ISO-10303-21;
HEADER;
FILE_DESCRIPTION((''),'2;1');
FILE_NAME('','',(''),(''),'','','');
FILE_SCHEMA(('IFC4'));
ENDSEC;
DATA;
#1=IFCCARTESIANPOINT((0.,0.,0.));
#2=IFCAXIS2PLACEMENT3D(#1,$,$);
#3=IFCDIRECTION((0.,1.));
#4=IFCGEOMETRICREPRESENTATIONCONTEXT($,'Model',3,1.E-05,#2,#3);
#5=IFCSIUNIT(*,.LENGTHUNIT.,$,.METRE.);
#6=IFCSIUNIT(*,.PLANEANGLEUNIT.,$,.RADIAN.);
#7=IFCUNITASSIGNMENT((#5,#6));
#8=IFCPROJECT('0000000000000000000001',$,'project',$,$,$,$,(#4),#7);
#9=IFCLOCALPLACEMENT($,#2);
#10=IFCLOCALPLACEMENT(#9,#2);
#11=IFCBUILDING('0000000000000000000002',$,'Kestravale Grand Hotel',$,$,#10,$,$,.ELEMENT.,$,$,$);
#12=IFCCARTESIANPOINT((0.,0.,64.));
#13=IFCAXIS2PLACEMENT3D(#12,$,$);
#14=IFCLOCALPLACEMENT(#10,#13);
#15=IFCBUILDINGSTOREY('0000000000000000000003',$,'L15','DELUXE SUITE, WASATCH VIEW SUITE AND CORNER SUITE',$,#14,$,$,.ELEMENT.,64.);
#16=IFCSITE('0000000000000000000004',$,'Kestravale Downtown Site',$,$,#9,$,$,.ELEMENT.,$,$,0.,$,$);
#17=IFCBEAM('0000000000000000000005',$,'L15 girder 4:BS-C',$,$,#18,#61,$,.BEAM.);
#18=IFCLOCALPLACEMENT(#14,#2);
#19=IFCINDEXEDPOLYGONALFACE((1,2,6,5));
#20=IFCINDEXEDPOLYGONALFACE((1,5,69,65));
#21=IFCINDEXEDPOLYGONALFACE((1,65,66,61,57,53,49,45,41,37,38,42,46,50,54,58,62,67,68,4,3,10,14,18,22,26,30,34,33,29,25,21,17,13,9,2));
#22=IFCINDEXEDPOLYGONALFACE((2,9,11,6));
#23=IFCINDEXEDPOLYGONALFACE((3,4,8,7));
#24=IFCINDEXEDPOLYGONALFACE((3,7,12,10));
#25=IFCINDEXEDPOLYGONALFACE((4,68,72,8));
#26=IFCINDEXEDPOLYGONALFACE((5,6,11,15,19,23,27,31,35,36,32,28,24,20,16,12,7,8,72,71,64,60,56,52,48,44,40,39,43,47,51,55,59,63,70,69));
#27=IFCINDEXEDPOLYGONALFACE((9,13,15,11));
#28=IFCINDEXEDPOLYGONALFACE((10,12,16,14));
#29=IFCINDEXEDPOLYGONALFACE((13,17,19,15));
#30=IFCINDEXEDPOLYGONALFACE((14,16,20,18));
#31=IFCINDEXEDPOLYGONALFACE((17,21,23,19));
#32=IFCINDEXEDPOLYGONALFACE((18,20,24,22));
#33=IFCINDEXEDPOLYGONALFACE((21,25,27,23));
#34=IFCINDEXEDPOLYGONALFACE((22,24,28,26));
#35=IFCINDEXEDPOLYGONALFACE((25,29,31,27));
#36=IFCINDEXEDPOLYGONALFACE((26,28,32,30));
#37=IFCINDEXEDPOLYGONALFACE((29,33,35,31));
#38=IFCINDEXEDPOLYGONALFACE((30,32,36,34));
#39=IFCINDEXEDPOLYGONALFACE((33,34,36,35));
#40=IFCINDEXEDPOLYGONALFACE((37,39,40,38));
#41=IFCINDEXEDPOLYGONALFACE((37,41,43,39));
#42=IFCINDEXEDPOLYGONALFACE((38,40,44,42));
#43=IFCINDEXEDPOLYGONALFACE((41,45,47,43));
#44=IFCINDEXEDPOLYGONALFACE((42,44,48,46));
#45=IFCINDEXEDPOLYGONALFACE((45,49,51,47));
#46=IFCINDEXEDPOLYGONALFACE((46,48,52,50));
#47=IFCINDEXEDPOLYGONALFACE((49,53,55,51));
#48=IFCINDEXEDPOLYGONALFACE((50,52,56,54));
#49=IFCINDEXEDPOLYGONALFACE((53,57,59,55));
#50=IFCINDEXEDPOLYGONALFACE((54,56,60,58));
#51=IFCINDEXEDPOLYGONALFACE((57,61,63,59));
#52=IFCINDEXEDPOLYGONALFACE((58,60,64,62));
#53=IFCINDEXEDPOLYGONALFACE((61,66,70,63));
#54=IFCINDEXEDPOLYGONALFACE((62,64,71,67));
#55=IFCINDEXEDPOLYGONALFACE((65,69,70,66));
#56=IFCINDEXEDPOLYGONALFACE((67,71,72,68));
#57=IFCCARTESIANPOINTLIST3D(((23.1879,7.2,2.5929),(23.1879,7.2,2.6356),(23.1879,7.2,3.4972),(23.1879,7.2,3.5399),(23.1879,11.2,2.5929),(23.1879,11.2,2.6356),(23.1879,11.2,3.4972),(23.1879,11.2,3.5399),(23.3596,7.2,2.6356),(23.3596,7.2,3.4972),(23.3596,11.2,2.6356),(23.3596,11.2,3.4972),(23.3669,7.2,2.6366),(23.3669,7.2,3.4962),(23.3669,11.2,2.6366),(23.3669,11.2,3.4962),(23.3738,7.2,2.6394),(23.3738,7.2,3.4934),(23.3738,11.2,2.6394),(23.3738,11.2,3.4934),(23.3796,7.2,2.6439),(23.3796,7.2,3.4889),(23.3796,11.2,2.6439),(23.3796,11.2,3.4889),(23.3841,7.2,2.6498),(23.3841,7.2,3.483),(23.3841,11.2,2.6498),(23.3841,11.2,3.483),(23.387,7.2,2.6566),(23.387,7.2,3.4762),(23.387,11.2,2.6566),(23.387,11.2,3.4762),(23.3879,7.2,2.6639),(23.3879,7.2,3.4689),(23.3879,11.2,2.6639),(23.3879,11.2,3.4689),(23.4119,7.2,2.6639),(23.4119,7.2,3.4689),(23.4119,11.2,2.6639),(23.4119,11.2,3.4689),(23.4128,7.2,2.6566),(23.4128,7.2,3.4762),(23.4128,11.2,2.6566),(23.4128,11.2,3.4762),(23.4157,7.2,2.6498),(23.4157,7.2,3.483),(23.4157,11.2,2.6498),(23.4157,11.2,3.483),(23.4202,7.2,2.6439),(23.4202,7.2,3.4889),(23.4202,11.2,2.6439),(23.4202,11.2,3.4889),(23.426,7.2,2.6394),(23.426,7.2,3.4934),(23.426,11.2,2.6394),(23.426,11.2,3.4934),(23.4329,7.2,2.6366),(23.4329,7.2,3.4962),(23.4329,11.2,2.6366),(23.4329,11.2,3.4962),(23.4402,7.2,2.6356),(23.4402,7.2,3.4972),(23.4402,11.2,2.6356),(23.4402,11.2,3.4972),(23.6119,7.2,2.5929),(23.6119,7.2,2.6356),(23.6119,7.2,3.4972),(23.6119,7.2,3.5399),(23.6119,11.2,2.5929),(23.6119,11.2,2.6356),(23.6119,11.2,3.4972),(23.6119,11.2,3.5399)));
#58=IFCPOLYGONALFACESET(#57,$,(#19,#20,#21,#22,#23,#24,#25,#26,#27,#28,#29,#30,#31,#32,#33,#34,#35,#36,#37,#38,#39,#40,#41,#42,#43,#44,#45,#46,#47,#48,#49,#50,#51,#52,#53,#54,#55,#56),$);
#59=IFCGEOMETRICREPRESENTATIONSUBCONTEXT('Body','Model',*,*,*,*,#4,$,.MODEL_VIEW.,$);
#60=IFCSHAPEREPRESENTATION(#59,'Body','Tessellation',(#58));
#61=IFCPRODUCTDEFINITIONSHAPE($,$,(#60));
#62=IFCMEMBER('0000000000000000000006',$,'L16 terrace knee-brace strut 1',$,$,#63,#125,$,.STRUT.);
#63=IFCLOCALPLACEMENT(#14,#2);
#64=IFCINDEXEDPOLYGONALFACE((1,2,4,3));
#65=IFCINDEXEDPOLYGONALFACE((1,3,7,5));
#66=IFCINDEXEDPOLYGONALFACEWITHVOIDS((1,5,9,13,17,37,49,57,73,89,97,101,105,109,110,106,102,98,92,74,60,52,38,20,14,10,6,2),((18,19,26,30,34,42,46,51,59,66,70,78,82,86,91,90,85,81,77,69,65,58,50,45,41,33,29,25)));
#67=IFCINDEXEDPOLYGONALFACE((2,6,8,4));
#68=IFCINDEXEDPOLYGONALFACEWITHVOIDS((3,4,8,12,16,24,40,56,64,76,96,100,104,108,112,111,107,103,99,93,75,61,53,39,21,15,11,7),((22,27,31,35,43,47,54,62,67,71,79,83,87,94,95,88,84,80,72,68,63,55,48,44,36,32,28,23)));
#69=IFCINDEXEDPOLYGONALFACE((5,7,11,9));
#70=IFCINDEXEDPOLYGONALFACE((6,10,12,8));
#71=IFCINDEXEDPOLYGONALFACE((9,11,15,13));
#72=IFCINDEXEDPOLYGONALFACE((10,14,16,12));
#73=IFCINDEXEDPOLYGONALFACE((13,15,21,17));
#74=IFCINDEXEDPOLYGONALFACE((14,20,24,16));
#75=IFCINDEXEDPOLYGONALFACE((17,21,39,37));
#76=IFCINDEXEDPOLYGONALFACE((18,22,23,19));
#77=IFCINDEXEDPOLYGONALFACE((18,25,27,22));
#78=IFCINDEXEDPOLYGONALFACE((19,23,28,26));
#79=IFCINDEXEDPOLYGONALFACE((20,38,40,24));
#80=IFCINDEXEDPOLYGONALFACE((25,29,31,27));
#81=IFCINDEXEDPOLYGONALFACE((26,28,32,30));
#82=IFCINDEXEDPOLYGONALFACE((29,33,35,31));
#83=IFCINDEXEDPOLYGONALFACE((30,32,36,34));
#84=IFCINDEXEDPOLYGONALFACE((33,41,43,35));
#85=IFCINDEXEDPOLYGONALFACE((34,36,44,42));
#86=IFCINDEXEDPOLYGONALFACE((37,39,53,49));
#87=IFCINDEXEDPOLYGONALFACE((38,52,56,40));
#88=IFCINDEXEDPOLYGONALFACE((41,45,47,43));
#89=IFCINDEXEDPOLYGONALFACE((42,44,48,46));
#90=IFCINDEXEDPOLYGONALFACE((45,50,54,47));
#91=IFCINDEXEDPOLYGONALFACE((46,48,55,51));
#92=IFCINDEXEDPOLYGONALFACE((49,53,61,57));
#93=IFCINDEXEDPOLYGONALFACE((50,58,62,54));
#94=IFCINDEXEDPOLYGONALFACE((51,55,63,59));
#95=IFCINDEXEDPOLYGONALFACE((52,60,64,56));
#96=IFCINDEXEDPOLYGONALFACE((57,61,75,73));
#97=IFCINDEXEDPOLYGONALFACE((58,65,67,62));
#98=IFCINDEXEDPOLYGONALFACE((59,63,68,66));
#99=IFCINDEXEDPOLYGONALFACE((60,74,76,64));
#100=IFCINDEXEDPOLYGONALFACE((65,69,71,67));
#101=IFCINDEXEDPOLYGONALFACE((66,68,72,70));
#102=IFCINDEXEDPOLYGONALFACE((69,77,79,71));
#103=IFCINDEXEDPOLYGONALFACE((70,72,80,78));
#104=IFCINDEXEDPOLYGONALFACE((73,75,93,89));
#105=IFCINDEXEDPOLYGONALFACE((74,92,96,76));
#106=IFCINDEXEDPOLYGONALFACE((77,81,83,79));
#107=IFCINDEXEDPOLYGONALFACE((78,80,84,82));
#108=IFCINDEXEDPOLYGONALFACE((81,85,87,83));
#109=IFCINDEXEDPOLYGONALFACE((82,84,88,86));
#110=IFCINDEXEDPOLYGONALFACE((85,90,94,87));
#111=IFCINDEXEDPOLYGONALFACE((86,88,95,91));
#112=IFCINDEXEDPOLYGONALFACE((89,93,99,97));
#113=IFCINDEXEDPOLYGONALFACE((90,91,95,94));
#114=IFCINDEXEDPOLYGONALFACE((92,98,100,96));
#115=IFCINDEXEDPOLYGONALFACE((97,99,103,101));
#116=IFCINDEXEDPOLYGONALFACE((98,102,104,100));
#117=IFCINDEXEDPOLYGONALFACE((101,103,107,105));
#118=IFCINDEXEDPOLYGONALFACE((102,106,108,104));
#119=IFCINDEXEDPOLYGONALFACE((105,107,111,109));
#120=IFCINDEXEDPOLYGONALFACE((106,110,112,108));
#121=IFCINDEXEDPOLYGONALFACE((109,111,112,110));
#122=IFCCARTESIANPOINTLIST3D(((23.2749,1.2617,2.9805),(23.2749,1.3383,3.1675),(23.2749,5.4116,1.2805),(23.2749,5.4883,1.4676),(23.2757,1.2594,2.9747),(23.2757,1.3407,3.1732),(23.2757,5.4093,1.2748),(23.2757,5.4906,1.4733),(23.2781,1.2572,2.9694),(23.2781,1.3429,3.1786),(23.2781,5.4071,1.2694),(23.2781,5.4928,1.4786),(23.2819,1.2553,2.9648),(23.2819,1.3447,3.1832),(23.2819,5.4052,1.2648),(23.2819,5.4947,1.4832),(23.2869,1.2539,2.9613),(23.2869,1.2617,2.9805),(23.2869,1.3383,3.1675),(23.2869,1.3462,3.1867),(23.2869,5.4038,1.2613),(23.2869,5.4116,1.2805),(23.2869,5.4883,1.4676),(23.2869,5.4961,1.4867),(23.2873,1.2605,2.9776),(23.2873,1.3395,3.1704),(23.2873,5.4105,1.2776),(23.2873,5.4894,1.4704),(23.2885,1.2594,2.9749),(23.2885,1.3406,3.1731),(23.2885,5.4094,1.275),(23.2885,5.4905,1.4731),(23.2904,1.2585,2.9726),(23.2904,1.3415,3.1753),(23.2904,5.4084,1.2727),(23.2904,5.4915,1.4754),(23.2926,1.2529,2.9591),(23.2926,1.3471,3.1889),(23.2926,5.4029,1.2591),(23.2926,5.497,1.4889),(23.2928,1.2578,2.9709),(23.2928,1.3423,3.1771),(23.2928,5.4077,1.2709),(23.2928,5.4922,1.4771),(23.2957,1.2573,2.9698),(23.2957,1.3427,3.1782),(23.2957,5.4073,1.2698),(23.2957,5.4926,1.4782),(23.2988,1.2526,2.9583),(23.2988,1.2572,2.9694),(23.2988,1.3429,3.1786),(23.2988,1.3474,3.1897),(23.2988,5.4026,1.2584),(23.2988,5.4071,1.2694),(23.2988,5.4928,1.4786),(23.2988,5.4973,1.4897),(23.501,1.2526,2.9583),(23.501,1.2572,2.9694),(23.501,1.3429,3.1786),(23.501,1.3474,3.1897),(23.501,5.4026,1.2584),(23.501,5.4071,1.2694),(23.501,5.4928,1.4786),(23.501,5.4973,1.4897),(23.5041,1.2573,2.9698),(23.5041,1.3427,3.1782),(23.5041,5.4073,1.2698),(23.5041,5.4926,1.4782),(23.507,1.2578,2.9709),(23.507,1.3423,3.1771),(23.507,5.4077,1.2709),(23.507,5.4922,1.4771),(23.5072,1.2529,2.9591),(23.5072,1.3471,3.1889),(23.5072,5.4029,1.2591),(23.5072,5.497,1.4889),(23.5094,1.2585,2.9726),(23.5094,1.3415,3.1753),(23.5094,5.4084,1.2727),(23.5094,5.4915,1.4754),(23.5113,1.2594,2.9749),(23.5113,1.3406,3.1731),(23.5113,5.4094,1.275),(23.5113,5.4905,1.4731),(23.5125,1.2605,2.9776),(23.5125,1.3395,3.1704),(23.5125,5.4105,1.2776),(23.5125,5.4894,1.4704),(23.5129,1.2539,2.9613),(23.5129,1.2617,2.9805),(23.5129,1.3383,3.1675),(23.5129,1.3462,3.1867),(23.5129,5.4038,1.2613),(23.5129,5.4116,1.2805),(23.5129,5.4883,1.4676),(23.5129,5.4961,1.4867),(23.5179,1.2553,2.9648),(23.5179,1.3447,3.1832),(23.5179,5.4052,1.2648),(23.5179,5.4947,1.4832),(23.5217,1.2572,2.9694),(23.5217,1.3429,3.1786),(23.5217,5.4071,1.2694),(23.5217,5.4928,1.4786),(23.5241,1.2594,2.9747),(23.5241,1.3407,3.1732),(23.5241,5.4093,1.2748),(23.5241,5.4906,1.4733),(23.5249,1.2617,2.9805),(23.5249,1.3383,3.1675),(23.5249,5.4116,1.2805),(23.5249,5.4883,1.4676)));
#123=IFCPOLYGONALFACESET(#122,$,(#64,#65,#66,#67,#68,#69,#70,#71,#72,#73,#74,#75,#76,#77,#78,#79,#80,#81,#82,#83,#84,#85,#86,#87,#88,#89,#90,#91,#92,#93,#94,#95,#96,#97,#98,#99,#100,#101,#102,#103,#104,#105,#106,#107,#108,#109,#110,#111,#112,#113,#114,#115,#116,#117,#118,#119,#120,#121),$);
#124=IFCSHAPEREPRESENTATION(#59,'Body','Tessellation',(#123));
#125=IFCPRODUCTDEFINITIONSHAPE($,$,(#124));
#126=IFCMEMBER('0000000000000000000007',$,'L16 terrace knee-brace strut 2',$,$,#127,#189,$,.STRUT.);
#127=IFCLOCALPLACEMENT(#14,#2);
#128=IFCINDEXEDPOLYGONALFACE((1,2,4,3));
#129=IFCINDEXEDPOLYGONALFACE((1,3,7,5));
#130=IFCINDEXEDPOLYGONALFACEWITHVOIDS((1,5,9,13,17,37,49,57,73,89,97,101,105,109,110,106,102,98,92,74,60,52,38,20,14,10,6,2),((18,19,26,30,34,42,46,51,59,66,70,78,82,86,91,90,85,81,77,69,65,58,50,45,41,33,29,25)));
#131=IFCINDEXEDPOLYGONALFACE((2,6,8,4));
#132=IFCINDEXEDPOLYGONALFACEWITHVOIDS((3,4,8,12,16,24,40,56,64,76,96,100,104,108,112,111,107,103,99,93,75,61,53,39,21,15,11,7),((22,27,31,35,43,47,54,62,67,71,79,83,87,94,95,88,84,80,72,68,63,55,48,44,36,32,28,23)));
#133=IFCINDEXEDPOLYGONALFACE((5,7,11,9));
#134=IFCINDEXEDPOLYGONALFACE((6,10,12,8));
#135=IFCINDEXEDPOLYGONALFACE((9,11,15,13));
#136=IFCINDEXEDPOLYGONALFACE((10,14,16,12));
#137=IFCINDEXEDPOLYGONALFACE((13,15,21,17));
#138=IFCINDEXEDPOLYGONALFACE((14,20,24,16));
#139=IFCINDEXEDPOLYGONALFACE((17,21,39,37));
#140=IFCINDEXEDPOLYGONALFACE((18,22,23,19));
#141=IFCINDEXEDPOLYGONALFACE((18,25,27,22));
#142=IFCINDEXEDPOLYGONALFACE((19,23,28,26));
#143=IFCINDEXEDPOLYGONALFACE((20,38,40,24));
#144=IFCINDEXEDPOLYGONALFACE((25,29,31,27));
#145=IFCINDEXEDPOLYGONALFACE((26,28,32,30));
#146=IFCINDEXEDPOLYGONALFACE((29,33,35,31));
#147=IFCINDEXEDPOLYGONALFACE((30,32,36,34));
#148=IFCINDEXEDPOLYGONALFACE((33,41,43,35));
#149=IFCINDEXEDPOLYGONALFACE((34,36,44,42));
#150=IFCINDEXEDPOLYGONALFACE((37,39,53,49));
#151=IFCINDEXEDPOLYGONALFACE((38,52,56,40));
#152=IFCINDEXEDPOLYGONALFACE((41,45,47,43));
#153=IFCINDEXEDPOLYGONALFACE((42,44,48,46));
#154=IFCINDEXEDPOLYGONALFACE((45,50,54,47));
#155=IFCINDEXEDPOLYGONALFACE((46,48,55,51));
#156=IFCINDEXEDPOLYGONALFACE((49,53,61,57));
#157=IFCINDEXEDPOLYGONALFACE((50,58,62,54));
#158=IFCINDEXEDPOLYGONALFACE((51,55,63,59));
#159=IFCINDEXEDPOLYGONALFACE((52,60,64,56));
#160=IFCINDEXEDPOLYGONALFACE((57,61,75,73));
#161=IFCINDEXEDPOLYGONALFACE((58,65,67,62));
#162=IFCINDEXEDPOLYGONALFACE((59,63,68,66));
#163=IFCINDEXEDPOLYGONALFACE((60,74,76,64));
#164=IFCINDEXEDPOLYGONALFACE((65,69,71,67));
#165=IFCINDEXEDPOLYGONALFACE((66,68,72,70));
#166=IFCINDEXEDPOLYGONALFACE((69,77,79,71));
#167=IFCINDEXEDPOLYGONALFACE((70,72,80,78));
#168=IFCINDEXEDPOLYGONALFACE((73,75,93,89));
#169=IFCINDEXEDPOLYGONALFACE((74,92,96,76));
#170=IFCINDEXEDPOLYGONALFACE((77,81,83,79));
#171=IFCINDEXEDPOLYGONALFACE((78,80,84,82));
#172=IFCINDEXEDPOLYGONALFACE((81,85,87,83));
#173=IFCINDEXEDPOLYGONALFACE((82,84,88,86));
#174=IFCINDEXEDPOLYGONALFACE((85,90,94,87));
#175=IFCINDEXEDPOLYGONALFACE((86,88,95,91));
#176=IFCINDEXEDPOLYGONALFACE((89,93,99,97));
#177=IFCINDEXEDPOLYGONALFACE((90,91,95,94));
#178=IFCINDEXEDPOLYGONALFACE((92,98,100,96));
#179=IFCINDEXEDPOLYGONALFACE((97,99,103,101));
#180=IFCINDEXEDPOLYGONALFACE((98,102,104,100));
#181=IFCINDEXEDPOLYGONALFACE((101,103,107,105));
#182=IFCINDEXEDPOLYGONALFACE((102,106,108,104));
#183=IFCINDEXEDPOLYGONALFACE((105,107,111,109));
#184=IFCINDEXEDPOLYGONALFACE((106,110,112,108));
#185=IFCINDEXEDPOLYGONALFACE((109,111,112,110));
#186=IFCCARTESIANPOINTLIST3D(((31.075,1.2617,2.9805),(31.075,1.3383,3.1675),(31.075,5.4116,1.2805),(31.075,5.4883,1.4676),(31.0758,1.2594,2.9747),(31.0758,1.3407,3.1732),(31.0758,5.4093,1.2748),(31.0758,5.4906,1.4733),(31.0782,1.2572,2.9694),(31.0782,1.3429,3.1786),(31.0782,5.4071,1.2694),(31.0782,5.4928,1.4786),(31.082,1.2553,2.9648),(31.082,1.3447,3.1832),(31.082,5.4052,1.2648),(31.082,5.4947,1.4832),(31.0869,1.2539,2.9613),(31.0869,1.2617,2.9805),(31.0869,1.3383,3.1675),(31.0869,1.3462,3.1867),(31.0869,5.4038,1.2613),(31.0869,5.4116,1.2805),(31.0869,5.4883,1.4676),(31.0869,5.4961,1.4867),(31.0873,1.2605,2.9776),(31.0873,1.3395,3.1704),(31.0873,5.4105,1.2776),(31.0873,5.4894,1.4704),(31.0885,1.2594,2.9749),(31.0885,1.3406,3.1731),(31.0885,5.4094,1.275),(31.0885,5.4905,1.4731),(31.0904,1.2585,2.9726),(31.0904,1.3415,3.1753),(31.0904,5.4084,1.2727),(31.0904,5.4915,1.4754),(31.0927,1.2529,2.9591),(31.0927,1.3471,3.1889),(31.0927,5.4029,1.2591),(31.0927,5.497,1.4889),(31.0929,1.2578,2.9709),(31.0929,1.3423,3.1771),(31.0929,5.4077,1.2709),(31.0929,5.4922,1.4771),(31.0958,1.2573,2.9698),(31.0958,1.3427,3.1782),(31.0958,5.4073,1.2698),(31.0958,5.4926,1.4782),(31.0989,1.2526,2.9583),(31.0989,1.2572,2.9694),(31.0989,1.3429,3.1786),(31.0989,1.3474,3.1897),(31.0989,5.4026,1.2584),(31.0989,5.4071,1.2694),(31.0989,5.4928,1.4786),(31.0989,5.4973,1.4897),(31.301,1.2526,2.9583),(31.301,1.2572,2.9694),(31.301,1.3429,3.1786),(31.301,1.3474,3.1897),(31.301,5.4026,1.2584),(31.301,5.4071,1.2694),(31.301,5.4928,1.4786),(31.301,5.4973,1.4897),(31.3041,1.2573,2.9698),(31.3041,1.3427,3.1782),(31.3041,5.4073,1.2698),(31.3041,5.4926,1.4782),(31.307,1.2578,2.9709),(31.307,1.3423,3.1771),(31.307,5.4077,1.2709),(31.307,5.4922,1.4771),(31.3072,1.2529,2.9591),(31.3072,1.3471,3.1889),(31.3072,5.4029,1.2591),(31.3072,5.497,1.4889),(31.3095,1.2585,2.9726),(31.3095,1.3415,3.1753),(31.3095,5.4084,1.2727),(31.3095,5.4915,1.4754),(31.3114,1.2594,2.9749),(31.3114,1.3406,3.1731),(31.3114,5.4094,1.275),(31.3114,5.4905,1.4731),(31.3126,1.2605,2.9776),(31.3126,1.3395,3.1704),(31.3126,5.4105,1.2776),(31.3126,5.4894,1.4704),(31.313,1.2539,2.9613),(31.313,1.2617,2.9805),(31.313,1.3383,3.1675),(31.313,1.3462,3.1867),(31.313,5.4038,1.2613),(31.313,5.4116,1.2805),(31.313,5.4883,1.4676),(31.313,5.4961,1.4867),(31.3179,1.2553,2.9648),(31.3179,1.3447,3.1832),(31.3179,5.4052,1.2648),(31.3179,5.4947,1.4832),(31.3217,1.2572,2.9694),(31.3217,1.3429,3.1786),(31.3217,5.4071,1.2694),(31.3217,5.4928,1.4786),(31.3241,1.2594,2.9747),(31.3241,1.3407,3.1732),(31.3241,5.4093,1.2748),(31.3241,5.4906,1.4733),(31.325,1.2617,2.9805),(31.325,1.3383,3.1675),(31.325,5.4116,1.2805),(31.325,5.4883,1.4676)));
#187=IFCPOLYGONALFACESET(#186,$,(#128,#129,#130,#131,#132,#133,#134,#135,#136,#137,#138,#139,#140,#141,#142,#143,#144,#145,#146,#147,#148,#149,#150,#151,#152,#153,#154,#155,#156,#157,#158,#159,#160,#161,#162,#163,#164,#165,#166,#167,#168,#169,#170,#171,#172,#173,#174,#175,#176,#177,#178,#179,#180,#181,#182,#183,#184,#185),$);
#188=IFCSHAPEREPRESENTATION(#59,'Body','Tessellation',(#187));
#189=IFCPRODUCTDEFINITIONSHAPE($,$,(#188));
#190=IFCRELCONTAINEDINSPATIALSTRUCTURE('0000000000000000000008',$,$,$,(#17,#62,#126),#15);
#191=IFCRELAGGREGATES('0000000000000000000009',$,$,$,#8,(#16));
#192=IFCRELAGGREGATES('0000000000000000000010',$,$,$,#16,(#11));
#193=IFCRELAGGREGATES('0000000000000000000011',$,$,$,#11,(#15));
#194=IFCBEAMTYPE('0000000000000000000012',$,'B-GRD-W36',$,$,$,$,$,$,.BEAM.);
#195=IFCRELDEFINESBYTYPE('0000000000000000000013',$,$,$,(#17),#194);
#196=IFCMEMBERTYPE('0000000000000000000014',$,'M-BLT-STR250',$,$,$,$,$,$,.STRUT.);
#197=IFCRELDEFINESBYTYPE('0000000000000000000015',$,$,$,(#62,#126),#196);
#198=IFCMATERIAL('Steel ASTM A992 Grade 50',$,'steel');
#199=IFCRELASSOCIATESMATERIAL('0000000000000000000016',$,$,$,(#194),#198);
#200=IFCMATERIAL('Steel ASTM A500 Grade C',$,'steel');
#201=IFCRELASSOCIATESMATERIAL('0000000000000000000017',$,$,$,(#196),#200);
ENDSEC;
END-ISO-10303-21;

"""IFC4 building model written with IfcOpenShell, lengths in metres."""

from ifc_helpers import new_model, si_unit, direction, frame, origin, origin_2d, place, context, subcontext, project, spatial, hollow_rectangle, i_section, extrude, material, material_profile, profile_set, type_object, element, save


model = new_model("IFC4")

# Units and contexts
model_context = context("Model", 3, precision=1e-05, world=origin(), true_north=direction((0.0, 1.0)))
body_context = subcontext(model_context, "Body", "Model", "MODEL_VIEW")
ifc_project = project(units=[si_unit("LENGTHUNIT", "METRE"), si_unit("PLANEANGLEUNIT", "RADIAN")], contexts=[model_context])

# Site, building, storey
site_placement = place(None, origin())
site = spatial("IfcSite", under=ifc_project, at=site_placement, Name="Kestravale Downtown Site", CompositionType="ELEMENT", RefElevation=0.0)
building_placement = place(site_placement, origin())
building = spatial("IfcBuilding", under=site, at=building_placement, Name="Kestravale Grand Hotel", CompositionType="ELEMENT")
storey_placement = place(building_placement, frame((0.0, 0.0, 64.0)))
storey = spatial("IfcBuildingStorey", under=building, at=storey_placement, Name="L15", Description="DELUXE SUITE, WASATCH VIEW SUITE AND CORNER SUITE", CompositionType="ELEMENT", Elevation=64.0)

# Beam
ifc_material_1 = material(Name="Steel ASTM A992 Grade 50", Category="steel")
ifc_material_profile_1 = material_profile(ifc_material_1, i_section(OverallWidth=0.4241, OverallDepth=0.947, WebThickness=0.0239, FlangeThickness=0.0427, FilletRadius=0.0283, at=origin_2d()))
ifc_profile_set_1 = profile_set([ifc_material_profile_1], Name="Steel ASTM A992 Grade 50")
beam_type_1 = type_object("IfcBeamType", Name="B-GRD-W36", PredefinedType="BEAM", material=ifc_profile_set_1)
beam_1_placement = place(storey_placement, frame((23.3999, 7.2, 3.0664), z_axis=(0.0, 1.0, 0.0), x_axis=(-1.0, 0.0, 0.0)))
element("IfcBeam", 1, at=beam_1_placement, inside=storey, type_object=beam_type_1, Name="L15 girder 4:BS-C", PredefinedType="BEAM", context=body_context, shape_type="SweptSolid", body=[
    extrude(i_section(OverallWidth=0.4241, OverallDepth=0.947, WebThickness=0.0239, FlangeThickness=0.0427, FilletRadius=0.0283, at=origin_2d()), origin(), (0.0, 0.0, 1.0), 4.0),
])

# Members
ifc_material_2 = material(Name="Steel ASTM A500 Grade C", Category="steel")
ifc_material_profile_2 = material_profile(ifc_material_2, hollow_rectangle(XDim=0.25, YDim=0.25, WallThickness=0.012, InnerFilletRadius=0.012, OuterFilletRadius=0.0239, at=origin_2d()))
ifc_profile_set_2 = profile_set([ifc_material_profile_2], Name="Steel ASTM A500 Grade C")
member_type = type_object("IfcMemberType", Name="M-BLT-STR250", PredefinedType="STRUT", material=ifc_profile_set_2)
for number, where, z_axis, x_axis, name in (
    (2, (23.3999, 5.45, 1.374), (0.0, -0.92537, 0.379065), (1.0, 0.0, 0.0), "L16 terrace knee-brace strut 1"),
    (3, (31.2, 5.45, 1.374), (0.0, -0.92537, 0.379065), (1.0, 0.0, 0.0), "L16 terrace knee-brace strut 2"),
):
    element("IfcMember", number, at=place(storey_placement, frame(where, z_axis=z_axis, x_axis=x_axis)), inside=storey, type_object=member_type, Name=name, PredefinedType="STRUT", context=body_context, shape_type="SweptSolid", body=[
        extrude(hollow_rectangle(XDim=0.25, YDim=0.25, WallThickness=0.012, InnerFilletRadius=0.012, OuterFilletRadius=0.0239, at=origin_2d()), origin(), (0.0, 0.0, 1.0), 4.4846),
    ])

save(model, "model.ifc")
